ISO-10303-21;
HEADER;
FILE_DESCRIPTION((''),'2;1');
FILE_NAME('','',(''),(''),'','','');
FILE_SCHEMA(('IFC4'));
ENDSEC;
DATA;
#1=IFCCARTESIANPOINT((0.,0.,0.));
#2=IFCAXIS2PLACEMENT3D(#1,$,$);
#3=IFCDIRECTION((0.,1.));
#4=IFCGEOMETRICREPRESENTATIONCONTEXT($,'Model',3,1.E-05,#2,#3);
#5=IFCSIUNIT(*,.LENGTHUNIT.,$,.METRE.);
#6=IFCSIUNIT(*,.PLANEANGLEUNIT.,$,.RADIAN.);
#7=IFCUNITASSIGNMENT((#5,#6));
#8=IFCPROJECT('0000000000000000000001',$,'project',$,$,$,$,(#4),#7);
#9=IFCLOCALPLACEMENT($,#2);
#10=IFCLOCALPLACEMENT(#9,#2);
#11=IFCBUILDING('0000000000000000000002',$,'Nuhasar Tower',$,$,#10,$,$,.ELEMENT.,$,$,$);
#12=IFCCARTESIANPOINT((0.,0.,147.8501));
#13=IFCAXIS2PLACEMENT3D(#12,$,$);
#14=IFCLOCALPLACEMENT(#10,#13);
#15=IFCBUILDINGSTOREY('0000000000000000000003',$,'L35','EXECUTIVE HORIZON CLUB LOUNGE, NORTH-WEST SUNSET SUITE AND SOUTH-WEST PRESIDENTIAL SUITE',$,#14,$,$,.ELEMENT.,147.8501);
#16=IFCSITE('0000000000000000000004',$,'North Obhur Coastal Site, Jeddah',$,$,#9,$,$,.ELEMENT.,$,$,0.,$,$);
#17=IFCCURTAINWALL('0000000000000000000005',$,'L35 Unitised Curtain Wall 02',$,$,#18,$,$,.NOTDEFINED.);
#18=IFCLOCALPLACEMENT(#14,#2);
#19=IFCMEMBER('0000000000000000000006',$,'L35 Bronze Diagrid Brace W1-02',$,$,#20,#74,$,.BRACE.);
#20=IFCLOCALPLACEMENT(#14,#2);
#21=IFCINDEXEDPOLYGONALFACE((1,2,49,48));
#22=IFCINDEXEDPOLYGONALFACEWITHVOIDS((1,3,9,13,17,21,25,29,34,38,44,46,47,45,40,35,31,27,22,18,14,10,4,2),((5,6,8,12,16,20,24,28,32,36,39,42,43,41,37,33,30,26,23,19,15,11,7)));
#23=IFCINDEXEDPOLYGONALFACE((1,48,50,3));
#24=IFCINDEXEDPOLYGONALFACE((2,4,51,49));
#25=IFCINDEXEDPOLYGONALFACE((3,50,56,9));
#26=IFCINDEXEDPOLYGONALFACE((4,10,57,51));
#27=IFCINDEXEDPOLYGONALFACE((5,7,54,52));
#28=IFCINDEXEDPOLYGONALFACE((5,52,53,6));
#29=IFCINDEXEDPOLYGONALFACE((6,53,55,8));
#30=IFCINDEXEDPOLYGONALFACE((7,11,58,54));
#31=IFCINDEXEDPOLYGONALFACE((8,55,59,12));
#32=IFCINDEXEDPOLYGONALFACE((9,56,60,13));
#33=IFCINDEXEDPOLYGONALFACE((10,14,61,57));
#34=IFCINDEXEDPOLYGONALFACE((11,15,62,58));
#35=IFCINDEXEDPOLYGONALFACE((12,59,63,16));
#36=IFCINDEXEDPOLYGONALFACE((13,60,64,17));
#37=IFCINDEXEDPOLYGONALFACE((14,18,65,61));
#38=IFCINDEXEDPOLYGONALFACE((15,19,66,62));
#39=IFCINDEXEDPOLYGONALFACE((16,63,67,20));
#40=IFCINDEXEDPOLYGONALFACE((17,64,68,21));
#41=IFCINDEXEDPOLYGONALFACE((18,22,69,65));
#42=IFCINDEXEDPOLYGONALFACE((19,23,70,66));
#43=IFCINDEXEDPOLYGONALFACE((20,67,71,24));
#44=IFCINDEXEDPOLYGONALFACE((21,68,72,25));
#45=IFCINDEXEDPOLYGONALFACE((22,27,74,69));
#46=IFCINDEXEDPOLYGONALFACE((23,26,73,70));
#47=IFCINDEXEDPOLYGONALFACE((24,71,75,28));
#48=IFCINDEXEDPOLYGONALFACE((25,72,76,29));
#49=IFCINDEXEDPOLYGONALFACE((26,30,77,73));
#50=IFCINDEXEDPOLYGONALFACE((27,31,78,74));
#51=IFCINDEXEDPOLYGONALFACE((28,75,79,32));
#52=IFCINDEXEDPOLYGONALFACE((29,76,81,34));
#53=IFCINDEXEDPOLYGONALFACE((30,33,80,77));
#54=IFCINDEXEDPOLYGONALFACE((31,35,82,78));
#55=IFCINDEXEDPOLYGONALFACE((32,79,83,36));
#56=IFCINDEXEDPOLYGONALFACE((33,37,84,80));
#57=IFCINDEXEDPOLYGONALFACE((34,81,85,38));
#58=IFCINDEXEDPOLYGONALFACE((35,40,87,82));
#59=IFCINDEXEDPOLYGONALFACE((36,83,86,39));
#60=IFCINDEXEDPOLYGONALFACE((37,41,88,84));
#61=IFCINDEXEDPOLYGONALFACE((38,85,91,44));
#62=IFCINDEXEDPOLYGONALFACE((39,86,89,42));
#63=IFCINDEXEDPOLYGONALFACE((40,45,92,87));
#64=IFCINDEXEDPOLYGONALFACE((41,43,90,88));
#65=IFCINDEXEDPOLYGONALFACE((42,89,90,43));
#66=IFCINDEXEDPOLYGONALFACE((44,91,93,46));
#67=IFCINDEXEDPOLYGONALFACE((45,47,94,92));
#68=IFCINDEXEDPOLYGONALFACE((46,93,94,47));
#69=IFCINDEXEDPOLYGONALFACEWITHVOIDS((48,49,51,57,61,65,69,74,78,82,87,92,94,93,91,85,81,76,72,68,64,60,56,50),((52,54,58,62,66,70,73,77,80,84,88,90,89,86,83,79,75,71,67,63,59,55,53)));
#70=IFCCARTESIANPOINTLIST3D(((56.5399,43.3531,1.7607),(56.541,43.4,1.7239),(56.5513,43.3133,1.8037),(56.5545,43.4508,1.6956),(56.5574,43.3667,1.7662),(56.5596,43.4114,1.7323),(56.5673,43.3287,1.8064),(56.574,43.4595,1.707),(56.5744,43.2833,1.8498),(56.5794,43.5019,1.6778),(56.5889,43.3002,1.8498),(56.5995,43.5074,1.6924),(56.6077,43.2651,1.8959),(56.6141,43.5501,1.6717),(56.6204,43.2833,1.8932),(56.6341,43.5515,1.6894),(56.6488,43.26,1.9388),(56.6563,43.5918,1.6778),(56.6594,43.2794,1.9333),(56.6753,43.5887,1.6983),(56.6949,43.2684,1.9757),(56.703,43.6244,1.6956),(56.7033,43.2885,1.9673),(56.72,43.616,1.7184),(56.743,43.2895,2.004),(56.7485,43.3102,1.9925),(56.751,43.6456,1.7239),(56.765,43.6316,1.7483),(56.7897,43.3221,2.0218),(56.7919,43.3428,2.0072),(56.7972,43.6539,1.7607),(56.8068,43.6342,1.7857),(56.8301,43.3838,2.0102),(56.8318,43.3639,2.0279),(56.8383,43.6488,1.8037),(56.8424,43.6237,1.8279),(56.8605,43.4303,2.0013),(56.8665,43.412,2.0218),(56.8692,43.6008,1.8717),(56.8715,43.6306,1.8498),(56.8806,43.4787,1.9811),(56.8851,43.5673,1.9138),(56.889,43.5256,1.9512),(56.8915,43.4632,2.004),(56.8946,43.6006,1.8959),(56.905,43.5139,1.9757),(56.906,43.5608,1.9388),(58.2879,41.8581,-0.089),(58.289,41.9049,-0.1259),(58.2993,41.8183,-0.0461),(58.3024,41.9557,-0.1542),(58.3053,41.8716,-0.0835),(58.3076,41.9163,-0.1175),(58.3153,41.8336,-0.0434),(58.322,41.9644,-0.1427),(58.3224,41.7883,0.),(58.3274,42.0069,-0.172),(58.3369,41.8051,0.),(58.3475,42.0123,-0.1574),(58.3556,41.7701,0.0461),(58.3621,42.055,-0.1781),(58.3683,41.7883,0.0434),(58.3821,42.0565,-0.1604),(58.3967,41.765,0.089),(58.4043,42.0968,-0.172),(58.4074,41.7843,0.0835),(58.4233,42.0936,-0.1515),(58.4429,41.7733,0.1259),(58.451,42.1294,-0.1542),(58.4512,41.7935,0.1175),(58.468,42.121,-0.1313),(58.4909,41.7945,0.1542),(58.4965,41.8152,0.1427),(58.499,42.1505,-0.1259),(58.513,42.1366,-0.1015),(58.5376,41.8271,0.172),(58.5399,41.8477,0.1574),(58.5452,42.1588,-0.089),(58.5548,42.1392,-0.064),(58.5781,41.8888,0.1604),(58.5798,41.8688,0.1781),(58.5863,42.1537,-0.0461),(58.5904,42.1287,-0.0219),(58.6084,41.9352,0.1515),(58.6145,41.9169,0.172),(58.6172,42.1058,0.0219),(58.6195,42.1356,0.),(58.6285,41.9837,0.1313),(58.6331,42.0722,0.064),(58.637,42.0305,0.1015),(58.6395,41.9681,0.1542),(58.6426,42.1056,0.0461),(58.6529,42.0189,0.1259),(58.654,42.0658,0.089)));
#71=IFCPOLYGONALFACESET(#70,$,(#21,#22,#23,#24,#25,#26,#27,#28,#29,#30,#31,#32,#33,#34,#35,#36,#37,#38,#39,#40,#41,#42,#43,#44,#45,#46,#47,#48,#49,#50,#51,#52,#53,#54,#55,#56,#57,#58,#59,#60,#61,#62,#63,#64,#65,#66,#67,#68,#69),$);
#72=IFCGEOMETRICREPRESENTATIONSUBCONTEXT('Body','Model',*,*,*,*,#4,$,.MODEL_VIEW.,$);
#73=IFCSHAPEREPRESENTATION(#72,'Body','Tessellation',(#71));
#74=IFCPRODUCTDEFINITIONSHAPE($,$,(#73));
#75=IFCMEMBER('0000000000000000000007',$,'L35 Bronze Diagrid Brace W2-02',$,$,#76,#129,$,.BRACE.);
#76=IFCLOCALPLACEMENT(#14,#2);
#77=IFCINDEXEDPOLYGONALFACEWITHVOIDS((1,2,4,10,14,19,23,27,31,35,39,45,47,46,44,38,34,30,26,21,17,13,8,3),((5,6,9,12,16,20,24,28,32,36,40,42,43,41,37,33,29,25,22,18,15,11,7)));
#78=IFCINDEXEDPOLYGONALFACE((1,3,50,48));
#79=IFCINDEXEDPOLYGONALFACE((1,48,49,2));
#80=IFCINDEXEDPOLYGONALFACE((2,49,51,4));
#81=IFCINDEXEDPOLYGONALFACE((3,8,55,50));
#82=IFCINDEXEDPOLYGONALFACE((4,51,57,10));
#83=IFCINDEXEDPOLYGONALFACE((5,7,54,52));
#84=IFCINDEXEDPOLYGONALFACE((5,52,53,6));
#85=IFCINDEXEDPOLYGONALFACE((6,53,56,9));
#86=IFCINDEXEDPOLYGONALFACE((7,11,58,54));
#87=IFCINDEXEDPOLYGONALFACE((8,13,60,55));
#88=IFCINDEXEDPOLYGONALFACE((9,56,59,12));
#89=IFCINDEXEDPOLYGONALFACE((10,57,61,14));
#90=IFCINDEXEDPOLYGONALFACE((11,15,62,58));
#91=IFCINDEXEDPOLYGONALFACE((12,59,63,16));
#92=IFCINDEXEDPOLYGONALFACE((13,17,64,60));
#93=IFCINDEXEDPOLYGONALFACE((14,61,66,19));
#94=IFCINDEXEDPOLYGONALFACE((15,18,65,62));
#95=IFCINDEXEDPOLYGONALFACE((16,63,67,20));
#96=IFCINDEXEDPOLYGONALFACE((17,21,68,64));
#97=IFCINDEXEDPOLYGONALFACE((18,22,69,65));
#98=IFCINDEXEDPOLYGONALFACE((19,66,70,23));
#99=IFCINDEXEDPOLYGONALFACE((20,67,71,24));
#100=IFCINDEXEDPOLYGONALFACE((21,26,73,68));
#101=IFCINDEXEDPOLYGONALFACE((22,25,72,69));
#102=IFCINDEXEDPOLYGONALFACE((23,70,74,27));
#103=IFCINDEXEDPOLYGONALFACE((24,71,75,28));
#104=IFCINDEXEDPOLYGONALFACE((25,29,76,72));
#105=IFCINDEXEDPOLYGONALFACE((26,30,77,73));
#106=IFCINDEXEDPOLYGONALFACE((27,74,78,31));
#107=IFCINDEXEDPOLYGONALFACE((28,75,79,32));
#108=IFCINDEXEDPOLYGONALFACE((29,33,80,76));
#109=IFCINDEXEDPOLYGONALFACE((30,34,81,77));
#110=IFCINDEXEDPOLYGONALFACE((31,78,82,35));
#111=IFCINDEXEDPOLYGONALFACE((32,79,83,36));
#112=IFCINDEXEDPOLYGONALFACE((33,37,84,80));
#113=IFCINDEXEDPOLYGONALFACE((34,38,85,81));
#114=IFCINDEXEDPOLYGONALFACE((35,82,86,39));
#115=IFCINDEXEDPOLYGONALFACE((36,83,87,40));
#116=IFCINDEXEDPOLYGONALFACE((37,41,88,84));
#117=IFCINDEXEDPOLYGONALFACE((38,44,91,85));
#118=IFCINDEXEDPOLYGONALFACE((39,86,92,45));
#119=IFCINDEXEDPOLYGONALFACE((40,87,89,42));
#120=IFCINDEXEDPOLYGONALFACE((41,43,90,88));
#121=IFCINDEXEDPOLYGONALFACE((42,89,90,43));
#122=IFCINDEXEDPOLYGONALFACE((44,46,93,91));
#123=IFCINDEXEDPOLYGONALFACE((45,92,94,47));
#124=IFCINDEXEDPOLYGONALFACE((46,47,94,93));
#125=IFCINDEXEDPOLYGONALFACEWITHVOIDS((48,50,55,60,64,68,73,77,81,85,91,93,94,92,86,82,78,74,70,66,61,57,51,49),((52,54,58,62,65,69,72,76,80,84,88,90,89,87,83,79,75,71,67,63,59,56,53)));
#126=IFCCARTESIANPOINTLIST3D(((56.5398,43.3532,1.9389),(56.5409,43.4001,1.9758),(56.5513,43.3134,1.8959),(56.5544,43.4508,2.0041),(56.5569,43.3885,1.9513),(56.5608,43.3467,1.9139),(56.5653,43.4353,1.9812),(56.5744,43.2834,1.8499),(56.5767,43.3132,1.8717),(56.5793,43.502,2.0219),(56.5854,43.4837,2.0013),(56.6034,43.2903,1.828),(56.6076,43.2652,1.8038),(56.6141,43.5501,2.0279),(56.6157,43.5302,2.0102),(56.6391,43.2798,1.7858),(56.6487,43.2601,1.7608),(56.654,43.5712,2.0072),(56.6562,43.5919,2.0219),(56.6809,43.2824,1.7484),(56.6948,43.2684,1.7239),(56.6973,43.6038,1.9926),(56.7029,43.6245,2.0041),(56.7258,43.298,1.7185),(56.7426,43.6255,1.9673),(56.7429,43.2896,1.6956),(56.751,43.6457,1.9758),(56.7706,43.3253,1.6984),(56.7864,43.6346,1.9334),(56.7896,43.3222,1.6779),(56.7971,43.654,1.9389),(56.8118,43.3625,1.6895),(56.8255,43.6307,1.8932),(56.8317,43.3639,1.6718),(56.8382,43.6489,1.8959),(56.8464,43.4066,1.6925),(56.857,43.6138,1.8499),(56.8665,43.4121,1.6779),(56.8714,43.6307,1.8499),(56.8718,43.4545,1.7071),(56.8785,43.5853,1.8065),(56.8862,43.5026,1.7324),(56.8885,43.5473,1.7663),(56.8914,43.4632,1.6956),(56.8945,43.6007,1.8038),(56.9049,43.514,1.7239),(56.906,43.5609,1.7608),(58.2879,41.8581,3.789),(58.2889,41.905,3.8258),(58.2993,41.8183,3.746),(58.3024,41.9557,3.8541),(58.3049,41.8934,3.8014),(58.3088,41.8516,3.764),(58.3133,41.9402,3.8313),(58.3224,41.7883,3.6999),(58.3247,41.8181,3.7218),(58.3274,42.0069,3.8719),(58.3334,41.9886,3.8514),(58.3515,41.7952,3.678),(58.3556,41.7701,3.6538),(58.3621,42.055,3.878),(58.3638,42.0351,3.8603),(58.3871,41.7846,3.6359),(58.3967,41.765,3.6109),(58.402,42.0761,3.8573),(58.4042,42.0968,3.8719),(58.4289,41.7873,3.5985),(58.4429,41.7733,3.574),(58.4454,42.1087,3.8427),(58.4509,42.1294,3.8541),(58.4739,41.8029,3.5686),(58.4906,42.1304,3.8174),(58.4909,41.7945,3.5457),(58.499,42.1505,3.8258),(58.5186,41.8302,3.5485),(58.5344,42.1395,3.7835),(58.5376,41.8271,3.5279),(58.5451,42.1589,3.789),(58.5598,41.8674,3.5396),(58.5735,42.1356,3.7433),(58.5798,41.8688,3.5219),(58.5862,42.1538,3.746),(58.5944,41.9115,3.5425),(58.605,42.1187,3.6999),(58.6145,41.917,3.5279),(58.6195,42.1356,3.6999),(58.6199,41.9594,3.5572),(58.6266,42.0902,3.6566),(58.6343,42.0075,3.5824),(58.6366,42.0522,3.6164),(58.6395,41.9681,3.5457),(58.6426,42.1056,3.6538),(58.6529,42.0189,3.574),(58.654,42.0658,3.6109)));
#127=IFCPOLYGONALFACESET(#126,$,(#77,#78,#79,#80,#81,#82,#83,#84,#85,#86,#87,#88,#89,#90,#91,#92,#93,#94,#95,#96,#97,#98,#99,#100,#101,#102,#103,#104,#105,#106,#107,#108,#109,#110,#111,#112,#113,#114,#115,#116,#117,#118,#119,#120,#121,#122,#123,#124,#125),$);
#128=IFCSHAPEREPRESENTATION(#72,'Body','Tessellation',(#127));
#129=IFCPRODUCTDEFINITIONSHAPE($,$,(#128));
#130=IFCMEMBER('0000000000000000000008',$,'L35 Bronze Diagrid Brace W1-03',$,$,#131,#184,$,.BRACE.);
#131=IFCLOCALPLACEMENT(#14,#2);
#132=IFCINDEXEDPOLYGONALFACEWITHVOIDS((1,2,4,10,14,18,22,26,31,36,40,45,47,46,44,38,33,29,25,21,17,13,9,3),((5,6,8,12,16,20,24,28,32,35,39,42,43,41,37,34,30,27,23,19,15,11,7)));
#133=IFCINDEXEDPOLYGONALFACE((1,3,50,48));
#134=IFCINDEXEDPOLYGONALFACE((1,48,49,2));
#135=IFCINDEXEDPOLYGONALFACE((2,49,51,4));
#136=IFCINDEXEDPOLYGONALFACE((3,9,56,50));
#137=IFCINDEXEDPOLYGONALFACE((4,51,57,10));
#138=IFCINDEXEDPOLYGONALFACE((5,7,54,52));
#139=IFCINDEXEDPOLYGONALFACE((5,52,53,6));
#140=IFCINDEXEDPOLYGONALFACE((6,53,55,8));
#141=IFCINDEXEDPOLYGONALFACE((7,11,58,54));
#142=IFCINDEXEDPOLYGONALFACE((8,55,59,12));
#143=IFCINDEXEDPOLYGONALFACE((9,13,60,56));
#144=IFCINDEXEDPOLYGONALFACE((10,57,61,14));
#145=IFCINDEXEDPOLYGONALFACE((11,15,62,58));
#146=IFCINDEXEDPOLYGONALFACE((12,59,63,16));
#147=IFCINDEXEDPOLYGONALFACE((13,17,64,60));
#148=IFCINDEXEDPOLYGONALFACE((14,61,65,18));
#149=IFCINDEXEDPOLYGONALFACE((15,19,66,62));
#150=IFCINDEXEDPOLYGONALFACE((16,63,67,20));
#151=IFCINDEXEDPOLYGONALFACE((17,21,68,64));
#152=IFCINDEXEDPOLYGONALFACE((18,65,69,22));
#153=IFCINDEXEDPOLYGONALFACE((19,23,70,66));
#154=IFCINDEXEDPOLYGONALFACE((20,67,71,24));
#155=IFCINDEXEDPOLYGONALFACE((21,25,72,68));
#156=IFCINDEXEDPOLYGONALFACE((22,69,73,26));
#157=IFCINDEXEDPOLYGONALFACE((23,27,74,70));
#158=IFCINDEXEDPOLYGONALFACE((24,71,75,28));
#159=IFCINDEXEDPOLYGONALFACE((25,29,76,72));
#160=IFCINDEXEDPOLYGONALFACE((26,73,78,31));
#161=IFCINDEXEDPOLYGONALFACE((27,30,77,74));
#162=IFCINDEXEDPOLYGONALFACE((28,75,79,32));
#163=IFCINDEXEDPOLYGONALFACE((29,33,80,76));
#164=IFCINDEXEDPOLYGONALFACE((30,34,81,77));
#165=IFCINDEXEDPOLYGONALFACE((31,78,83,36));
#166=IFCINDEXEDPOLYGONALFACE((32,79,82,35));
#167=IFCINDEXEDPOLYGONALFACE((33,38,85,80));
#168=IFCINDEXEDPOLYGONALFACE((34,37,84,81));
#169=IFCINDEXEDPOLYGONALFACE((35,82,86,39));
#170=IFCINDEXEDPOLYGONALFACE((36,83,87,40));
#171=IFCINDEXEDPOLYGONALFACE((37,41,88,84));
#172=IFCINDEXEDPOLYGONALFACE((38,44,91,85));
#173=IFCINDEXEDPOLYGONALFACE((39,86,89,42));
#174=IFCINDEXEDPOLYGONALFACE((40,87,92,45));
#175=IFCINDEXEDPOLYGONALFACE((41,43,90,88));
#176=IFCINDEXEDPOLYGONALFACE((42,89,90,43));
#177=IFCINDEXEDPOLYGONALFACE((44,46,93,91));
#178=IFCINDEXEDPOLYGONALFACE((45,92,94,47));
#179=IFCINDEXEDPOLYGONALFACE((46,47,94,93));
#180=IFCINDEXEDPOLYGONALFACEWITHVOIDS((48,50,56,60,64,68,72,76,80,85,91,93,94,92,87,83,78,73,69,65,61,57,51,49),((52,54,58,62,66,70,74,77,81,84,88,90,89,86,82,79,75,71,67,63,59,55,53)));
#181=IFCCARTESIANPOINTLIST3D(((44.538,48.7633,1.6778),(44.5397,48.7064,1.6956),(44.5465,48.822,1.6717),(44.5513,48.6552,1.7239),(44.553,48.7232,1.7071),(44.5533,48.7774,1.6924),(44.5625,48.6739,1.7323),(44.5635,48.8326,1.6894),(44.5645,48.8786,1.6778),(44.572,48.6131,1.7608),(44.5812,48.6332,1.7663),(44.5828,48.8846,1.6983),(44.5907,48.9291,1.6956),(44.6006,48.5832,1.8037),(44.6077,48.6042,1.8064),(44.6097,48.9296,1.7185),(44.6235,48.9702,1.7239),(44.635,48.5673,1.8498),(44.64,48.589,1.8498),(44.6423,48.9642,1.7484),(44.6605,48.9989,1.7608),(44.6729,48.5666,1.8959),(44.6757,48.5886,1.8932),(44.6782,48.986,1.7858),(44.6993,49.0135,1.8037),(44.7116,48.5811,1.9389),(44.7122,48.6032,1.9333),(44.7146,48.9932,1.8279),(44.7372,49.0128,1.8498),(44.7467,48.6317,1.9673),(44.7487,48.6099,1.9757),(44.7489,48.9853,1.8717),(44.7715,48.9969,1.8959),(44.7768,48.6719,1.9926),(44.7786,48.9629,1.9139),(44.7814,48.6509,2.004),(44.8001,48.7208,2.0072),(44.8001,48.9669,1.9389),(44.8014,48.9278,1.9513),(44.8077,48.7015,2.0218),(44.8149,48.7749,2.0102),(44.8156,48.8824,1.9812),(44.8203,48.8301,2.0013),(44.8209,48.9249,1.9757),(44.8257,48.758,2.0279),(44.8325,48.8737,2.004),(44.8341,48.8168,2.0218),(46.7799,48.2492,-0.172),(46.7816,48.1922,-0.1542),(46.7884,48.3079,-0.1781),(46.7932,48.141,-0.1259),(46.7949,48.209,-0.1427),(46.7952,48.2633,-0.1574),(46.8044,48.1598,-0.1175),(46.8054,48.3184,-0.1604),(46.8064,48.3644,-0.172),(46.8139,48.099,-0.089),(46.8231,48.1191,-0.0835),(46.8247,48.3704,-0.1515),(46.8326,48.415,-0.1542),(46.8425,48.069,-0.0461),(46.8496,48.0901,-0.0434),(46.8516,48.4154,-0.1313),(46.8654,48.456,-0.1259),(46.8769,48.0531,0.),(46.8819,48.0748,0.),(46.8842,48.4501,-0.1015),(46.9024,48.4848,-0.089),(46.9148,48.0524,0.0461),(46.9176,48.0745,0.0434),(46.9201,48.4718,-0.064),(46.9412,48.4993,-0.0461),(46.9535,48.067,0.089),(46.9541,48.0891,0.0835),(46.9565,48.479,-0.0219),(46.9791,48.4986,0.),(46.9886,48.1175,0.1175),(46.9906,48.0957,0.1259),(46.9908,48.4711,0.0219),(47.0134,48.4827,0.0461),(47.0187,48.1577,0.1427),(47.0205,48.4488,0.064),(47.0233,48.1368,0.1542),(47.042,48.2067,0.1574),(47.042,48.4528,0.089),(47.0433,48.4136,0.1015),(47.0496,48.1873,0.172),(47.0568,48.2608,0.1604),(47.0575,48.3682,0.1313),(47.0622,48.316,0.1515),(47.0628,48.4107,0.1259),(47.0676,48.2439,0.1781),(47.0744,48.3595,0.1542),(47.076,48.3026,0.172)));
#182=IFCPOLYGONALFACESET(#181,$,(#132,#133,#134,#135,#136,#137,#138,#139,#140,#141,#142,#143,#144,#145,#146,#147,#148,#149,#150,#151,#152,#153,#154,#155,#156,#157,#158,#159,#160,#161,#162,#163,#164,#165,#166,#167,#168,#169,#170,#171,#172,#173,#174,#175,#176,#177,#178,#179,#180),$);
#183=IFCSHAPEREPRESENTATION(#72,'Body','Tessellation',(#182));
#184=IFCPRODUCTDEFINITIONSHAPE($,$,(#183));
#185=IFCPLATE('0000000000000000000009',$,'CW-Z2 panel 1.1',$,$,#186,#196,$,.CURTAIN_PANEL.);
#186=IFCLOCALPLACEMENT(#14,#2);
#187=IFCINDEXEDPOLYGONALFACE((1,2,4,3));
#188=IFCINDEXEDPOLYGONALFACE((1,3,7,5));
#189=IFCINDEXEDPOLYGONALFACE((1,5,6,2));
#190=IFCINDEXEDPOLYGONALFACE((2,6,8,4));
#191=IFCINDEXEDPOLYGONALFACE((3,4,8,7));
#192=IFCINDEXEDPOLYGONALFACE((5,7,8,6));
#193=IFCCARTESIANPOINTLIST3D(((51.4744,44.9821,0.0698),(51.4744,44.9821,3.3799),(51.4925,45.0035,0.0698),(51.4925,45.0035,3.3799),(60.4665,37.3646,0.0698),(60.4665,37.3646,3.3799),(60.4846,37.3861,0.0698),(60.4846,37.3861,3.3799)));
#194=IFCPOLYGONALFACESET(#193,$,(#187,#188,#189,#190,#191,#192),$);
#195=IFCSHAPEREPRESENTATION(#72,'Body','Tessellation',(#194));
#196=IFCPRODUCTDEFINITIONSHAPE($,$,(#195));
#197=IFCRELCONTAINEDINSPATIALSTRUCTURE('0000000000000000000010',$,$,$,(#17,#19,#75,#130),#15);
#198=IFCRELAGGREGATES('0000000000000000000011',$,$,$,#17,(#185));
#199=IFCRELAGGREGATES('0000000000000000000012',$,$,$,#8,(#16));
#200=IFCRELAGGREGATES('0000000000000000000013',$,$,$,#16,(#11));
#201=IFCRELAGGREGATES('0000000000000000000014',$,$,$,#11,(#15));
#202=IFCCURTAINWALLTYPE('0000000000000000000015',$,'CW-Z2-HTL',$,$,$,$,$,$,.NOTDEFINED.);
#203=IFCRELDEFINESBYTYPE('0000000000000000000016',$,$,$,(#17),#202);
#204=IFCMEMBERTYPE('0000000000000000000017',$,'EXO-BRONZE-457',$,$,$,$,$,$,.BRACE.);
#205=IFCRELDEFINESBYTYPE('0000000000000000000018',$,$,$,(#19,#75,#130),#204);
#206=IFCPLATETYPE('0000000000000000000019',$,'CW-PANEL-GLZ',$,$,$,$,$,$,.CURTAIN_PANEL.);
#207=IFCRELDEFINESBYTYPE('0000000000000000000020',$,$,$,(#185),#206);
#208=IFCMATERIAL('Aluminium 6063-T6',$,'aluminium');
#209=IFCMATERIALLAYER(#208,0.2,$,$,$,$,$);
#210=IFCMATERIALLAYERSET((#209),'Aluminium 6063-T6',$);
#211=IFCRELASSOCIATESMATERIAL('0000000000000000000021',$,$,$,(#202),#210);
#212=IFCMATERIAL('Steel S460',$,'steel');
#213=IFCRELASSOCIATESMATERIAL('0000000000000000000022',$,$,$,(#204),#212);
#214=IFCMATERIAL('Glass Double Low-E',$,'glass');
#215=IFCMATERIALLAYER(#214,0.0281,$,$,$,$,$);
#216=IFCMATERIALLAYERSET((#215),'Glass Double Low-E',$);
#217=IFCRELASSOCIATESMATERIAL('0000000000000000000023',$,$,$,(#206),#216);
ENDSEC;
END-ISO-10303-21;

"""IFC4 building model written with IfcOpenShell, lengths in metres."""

from ifc_helpers import new_model, si_unit, direction, frame, origin, origin_2d, place, context, subcontext, project, spatial, rectangle, hollow_circle, extrude, material, layer, layer_set, material_profile, profile_set, type_object, element, aggregate, save


model = new_model("IFC4")

# Units and contexts
model_context = context("Model", 3, precision=1e-05, world=origin(), true_north=direction((0.0, 1.0)))
body_context = subcontext(model_context, "Body", "Model", "MODEL_VIEW")
ifc_project = project(units=[si_unit("LENGTHUNIT", "METRE"), si_unit("PLANEANGLEUNIT", "RADIAN")], contexts=[model_context])

# Site, building, storey
site_placement = place(None, origin())
site = spatial("IfcSite", under=ifc_project, at=site_placement, Name="North Obhur Coastal Site, Jeddah", CompositionType="ELEMENT", RefElevation=0.0)
building_placement = place(site_placement, origin())
building = spatial("IfcBuilding", under=site, at=building_placement, Name="Nuhasar Tower", CompositionType="ELEMENT")
storey_placement = place(building_placement, frame((0.0, 0.0, 147.8501)))
storey = spatial("IfcBuildingStorey", under=building, at=storey_placement, Name="L35", Description="EXECUTIVE HORIZON CLUB LOUNGE, NORTH-WEST SUNSET SUITE AND SOUTH-WEST PRESIDENTIAL SUITE", CompositionType="ELEMENT", Elevation=147.8501)

# Shared definitions
ifc_material_1 = material(Name="Aluminium 6063-T6", Category="aluminium")
ifc_layer_1 = layer(ifc_material_1, 0.2)
ifc_layer_set_1 = layer_set([ifc_layer_1], Name="Aluminium 6063-T6")
curtain_wall_type = type_object("IfcCurtainWallType", Name="CW-Z2-HTL", PredefinedType="NOTDEFINED", material=ifc_layer_set_1)

# Curtain wall
curtain_wall_1_placement = place(storey_placement, origin())
curtain_wall_1 = element("IfcCurtainWall", 1, at=curtain_wall_1_placement, inside=storey, type_object=curtain_wall_type, Name="L35 Unitised Curtain Wall 02", PredefinedType="NOTDEFINED")

# Members
ifc_material_2 = material(Name="Steel S460", Category="steel")
ifc_material_profile_1 = material_profile(ifc_material_2, hollow_circle(Radius=0.2285, WallThickness=0.0222, at=origin_2d()), Name="HSS457X22.2")
ifc_profile_set_1 = profile_set([ifc_material_profile_1], Name="Steel S460")
member_type_1 = type_object("IfcMemberType", Name="EXO-BRONZE-457", PredefinedType="BRACE", material=ifc_profile_set_1)
member_1_placement = place(storey_placement, frame((58.4709, 41.9619, 0.0), z_axis=(-0.592201, 0.506514, 0.626691), x_axis=(-0.649987, -0.759945, 0.0)))
element("IfcMember", 2, at=member_1_placement, inside=storey, type_object=member_type_1, Name="L35 Bronze Diagrid Brace W1-02", PredefinedType="BRACE", context=body_context, shape_type="SweptSolid", body=[
    extrude(hollow_circle(Radius=0.2285, WallThickness=0.0222, at=origin_2d()), origin(), (0.0, 0.0, 1.0), 2.9517),
])
member_2_placement = place(storey_placement, frame((56.7229, 43.457, 1.8499), z_axis=(0.59217, -0.506488, 0.626741), x_axis=(0.649987, 0.759945, 0.0)))
element("IfcMember", 3, at=member_2_placement, inside=storey, type_object=member_type_1, Name="L35 Bronze Diagrid Brace W2-02", PredefinedType="BRACE", context=body_context, shape_type="SweptSolid", body=[
    extrude(hollow_circle(Radius=0.2285, WallThickness=0.0222, at=origin_2d()), origin(), (0.0, 0.0, 1.0), 2.9519),
])
member_3_placement = place(storey_placement, frame((46.928, 48.2759, 0.0), z_axis=(-0.759539, 0.17419, 0.626704), x_axis=(-0.223534, -0.974696, 0.0)))
element("IfcMember", 4, at=member_3_placement, inside=storey, type_object=member_type_1, Name="L35 Bronze Diagrid Brace W1-03", PredefinedType="BRACE", context=body_context, shape_type="SweptSolid", body=[
    extrude(hollow_circle(Radius=0.2285, WallThickness=0.0222, at=origin_2d()), origin(), (0.0, 0.0, 1.0), 2.9517),
])

# Plate
ifc_material_3 = material(Name="Glass Double Low-E", Category="glass")
ifc_layer_2 = layer(ifc_material_3, 0.0281)
ifc_layer_set_2 = layer_set([ifc_layer_2], Name="Glass Double Low-E")
plate_type = type_object("IfcPlateType", Name="CW-PANEL-GLZ", PredefinedType="CURTAIN_PANEL", material=ifc_layer_set_2)
plate_placement = place(storey_placement, frame((55.9795, 41.1841, 0.0698), z_axis=(0.0, 0.0, 1.0), x_axis=(-0.76302, 0.646374, 0.0)))
plate = element("IfcPlate", 5, at=plate_placement, type_object=plate_type, Name="CW-Z2 panel 1.1", PredefinedType="CURTAIN_PANEL", context=body_context, shape_type="SweptSolid", body=[
    extrude(rectangle(XDim=11.7849, YDim=0.0281, at=origin_2d()), origin(), (0.0, 0.0, 1.0), 3.3101),
])
aggregate(curtain_wall_1, [plate])

save(model, "model.ifc")
